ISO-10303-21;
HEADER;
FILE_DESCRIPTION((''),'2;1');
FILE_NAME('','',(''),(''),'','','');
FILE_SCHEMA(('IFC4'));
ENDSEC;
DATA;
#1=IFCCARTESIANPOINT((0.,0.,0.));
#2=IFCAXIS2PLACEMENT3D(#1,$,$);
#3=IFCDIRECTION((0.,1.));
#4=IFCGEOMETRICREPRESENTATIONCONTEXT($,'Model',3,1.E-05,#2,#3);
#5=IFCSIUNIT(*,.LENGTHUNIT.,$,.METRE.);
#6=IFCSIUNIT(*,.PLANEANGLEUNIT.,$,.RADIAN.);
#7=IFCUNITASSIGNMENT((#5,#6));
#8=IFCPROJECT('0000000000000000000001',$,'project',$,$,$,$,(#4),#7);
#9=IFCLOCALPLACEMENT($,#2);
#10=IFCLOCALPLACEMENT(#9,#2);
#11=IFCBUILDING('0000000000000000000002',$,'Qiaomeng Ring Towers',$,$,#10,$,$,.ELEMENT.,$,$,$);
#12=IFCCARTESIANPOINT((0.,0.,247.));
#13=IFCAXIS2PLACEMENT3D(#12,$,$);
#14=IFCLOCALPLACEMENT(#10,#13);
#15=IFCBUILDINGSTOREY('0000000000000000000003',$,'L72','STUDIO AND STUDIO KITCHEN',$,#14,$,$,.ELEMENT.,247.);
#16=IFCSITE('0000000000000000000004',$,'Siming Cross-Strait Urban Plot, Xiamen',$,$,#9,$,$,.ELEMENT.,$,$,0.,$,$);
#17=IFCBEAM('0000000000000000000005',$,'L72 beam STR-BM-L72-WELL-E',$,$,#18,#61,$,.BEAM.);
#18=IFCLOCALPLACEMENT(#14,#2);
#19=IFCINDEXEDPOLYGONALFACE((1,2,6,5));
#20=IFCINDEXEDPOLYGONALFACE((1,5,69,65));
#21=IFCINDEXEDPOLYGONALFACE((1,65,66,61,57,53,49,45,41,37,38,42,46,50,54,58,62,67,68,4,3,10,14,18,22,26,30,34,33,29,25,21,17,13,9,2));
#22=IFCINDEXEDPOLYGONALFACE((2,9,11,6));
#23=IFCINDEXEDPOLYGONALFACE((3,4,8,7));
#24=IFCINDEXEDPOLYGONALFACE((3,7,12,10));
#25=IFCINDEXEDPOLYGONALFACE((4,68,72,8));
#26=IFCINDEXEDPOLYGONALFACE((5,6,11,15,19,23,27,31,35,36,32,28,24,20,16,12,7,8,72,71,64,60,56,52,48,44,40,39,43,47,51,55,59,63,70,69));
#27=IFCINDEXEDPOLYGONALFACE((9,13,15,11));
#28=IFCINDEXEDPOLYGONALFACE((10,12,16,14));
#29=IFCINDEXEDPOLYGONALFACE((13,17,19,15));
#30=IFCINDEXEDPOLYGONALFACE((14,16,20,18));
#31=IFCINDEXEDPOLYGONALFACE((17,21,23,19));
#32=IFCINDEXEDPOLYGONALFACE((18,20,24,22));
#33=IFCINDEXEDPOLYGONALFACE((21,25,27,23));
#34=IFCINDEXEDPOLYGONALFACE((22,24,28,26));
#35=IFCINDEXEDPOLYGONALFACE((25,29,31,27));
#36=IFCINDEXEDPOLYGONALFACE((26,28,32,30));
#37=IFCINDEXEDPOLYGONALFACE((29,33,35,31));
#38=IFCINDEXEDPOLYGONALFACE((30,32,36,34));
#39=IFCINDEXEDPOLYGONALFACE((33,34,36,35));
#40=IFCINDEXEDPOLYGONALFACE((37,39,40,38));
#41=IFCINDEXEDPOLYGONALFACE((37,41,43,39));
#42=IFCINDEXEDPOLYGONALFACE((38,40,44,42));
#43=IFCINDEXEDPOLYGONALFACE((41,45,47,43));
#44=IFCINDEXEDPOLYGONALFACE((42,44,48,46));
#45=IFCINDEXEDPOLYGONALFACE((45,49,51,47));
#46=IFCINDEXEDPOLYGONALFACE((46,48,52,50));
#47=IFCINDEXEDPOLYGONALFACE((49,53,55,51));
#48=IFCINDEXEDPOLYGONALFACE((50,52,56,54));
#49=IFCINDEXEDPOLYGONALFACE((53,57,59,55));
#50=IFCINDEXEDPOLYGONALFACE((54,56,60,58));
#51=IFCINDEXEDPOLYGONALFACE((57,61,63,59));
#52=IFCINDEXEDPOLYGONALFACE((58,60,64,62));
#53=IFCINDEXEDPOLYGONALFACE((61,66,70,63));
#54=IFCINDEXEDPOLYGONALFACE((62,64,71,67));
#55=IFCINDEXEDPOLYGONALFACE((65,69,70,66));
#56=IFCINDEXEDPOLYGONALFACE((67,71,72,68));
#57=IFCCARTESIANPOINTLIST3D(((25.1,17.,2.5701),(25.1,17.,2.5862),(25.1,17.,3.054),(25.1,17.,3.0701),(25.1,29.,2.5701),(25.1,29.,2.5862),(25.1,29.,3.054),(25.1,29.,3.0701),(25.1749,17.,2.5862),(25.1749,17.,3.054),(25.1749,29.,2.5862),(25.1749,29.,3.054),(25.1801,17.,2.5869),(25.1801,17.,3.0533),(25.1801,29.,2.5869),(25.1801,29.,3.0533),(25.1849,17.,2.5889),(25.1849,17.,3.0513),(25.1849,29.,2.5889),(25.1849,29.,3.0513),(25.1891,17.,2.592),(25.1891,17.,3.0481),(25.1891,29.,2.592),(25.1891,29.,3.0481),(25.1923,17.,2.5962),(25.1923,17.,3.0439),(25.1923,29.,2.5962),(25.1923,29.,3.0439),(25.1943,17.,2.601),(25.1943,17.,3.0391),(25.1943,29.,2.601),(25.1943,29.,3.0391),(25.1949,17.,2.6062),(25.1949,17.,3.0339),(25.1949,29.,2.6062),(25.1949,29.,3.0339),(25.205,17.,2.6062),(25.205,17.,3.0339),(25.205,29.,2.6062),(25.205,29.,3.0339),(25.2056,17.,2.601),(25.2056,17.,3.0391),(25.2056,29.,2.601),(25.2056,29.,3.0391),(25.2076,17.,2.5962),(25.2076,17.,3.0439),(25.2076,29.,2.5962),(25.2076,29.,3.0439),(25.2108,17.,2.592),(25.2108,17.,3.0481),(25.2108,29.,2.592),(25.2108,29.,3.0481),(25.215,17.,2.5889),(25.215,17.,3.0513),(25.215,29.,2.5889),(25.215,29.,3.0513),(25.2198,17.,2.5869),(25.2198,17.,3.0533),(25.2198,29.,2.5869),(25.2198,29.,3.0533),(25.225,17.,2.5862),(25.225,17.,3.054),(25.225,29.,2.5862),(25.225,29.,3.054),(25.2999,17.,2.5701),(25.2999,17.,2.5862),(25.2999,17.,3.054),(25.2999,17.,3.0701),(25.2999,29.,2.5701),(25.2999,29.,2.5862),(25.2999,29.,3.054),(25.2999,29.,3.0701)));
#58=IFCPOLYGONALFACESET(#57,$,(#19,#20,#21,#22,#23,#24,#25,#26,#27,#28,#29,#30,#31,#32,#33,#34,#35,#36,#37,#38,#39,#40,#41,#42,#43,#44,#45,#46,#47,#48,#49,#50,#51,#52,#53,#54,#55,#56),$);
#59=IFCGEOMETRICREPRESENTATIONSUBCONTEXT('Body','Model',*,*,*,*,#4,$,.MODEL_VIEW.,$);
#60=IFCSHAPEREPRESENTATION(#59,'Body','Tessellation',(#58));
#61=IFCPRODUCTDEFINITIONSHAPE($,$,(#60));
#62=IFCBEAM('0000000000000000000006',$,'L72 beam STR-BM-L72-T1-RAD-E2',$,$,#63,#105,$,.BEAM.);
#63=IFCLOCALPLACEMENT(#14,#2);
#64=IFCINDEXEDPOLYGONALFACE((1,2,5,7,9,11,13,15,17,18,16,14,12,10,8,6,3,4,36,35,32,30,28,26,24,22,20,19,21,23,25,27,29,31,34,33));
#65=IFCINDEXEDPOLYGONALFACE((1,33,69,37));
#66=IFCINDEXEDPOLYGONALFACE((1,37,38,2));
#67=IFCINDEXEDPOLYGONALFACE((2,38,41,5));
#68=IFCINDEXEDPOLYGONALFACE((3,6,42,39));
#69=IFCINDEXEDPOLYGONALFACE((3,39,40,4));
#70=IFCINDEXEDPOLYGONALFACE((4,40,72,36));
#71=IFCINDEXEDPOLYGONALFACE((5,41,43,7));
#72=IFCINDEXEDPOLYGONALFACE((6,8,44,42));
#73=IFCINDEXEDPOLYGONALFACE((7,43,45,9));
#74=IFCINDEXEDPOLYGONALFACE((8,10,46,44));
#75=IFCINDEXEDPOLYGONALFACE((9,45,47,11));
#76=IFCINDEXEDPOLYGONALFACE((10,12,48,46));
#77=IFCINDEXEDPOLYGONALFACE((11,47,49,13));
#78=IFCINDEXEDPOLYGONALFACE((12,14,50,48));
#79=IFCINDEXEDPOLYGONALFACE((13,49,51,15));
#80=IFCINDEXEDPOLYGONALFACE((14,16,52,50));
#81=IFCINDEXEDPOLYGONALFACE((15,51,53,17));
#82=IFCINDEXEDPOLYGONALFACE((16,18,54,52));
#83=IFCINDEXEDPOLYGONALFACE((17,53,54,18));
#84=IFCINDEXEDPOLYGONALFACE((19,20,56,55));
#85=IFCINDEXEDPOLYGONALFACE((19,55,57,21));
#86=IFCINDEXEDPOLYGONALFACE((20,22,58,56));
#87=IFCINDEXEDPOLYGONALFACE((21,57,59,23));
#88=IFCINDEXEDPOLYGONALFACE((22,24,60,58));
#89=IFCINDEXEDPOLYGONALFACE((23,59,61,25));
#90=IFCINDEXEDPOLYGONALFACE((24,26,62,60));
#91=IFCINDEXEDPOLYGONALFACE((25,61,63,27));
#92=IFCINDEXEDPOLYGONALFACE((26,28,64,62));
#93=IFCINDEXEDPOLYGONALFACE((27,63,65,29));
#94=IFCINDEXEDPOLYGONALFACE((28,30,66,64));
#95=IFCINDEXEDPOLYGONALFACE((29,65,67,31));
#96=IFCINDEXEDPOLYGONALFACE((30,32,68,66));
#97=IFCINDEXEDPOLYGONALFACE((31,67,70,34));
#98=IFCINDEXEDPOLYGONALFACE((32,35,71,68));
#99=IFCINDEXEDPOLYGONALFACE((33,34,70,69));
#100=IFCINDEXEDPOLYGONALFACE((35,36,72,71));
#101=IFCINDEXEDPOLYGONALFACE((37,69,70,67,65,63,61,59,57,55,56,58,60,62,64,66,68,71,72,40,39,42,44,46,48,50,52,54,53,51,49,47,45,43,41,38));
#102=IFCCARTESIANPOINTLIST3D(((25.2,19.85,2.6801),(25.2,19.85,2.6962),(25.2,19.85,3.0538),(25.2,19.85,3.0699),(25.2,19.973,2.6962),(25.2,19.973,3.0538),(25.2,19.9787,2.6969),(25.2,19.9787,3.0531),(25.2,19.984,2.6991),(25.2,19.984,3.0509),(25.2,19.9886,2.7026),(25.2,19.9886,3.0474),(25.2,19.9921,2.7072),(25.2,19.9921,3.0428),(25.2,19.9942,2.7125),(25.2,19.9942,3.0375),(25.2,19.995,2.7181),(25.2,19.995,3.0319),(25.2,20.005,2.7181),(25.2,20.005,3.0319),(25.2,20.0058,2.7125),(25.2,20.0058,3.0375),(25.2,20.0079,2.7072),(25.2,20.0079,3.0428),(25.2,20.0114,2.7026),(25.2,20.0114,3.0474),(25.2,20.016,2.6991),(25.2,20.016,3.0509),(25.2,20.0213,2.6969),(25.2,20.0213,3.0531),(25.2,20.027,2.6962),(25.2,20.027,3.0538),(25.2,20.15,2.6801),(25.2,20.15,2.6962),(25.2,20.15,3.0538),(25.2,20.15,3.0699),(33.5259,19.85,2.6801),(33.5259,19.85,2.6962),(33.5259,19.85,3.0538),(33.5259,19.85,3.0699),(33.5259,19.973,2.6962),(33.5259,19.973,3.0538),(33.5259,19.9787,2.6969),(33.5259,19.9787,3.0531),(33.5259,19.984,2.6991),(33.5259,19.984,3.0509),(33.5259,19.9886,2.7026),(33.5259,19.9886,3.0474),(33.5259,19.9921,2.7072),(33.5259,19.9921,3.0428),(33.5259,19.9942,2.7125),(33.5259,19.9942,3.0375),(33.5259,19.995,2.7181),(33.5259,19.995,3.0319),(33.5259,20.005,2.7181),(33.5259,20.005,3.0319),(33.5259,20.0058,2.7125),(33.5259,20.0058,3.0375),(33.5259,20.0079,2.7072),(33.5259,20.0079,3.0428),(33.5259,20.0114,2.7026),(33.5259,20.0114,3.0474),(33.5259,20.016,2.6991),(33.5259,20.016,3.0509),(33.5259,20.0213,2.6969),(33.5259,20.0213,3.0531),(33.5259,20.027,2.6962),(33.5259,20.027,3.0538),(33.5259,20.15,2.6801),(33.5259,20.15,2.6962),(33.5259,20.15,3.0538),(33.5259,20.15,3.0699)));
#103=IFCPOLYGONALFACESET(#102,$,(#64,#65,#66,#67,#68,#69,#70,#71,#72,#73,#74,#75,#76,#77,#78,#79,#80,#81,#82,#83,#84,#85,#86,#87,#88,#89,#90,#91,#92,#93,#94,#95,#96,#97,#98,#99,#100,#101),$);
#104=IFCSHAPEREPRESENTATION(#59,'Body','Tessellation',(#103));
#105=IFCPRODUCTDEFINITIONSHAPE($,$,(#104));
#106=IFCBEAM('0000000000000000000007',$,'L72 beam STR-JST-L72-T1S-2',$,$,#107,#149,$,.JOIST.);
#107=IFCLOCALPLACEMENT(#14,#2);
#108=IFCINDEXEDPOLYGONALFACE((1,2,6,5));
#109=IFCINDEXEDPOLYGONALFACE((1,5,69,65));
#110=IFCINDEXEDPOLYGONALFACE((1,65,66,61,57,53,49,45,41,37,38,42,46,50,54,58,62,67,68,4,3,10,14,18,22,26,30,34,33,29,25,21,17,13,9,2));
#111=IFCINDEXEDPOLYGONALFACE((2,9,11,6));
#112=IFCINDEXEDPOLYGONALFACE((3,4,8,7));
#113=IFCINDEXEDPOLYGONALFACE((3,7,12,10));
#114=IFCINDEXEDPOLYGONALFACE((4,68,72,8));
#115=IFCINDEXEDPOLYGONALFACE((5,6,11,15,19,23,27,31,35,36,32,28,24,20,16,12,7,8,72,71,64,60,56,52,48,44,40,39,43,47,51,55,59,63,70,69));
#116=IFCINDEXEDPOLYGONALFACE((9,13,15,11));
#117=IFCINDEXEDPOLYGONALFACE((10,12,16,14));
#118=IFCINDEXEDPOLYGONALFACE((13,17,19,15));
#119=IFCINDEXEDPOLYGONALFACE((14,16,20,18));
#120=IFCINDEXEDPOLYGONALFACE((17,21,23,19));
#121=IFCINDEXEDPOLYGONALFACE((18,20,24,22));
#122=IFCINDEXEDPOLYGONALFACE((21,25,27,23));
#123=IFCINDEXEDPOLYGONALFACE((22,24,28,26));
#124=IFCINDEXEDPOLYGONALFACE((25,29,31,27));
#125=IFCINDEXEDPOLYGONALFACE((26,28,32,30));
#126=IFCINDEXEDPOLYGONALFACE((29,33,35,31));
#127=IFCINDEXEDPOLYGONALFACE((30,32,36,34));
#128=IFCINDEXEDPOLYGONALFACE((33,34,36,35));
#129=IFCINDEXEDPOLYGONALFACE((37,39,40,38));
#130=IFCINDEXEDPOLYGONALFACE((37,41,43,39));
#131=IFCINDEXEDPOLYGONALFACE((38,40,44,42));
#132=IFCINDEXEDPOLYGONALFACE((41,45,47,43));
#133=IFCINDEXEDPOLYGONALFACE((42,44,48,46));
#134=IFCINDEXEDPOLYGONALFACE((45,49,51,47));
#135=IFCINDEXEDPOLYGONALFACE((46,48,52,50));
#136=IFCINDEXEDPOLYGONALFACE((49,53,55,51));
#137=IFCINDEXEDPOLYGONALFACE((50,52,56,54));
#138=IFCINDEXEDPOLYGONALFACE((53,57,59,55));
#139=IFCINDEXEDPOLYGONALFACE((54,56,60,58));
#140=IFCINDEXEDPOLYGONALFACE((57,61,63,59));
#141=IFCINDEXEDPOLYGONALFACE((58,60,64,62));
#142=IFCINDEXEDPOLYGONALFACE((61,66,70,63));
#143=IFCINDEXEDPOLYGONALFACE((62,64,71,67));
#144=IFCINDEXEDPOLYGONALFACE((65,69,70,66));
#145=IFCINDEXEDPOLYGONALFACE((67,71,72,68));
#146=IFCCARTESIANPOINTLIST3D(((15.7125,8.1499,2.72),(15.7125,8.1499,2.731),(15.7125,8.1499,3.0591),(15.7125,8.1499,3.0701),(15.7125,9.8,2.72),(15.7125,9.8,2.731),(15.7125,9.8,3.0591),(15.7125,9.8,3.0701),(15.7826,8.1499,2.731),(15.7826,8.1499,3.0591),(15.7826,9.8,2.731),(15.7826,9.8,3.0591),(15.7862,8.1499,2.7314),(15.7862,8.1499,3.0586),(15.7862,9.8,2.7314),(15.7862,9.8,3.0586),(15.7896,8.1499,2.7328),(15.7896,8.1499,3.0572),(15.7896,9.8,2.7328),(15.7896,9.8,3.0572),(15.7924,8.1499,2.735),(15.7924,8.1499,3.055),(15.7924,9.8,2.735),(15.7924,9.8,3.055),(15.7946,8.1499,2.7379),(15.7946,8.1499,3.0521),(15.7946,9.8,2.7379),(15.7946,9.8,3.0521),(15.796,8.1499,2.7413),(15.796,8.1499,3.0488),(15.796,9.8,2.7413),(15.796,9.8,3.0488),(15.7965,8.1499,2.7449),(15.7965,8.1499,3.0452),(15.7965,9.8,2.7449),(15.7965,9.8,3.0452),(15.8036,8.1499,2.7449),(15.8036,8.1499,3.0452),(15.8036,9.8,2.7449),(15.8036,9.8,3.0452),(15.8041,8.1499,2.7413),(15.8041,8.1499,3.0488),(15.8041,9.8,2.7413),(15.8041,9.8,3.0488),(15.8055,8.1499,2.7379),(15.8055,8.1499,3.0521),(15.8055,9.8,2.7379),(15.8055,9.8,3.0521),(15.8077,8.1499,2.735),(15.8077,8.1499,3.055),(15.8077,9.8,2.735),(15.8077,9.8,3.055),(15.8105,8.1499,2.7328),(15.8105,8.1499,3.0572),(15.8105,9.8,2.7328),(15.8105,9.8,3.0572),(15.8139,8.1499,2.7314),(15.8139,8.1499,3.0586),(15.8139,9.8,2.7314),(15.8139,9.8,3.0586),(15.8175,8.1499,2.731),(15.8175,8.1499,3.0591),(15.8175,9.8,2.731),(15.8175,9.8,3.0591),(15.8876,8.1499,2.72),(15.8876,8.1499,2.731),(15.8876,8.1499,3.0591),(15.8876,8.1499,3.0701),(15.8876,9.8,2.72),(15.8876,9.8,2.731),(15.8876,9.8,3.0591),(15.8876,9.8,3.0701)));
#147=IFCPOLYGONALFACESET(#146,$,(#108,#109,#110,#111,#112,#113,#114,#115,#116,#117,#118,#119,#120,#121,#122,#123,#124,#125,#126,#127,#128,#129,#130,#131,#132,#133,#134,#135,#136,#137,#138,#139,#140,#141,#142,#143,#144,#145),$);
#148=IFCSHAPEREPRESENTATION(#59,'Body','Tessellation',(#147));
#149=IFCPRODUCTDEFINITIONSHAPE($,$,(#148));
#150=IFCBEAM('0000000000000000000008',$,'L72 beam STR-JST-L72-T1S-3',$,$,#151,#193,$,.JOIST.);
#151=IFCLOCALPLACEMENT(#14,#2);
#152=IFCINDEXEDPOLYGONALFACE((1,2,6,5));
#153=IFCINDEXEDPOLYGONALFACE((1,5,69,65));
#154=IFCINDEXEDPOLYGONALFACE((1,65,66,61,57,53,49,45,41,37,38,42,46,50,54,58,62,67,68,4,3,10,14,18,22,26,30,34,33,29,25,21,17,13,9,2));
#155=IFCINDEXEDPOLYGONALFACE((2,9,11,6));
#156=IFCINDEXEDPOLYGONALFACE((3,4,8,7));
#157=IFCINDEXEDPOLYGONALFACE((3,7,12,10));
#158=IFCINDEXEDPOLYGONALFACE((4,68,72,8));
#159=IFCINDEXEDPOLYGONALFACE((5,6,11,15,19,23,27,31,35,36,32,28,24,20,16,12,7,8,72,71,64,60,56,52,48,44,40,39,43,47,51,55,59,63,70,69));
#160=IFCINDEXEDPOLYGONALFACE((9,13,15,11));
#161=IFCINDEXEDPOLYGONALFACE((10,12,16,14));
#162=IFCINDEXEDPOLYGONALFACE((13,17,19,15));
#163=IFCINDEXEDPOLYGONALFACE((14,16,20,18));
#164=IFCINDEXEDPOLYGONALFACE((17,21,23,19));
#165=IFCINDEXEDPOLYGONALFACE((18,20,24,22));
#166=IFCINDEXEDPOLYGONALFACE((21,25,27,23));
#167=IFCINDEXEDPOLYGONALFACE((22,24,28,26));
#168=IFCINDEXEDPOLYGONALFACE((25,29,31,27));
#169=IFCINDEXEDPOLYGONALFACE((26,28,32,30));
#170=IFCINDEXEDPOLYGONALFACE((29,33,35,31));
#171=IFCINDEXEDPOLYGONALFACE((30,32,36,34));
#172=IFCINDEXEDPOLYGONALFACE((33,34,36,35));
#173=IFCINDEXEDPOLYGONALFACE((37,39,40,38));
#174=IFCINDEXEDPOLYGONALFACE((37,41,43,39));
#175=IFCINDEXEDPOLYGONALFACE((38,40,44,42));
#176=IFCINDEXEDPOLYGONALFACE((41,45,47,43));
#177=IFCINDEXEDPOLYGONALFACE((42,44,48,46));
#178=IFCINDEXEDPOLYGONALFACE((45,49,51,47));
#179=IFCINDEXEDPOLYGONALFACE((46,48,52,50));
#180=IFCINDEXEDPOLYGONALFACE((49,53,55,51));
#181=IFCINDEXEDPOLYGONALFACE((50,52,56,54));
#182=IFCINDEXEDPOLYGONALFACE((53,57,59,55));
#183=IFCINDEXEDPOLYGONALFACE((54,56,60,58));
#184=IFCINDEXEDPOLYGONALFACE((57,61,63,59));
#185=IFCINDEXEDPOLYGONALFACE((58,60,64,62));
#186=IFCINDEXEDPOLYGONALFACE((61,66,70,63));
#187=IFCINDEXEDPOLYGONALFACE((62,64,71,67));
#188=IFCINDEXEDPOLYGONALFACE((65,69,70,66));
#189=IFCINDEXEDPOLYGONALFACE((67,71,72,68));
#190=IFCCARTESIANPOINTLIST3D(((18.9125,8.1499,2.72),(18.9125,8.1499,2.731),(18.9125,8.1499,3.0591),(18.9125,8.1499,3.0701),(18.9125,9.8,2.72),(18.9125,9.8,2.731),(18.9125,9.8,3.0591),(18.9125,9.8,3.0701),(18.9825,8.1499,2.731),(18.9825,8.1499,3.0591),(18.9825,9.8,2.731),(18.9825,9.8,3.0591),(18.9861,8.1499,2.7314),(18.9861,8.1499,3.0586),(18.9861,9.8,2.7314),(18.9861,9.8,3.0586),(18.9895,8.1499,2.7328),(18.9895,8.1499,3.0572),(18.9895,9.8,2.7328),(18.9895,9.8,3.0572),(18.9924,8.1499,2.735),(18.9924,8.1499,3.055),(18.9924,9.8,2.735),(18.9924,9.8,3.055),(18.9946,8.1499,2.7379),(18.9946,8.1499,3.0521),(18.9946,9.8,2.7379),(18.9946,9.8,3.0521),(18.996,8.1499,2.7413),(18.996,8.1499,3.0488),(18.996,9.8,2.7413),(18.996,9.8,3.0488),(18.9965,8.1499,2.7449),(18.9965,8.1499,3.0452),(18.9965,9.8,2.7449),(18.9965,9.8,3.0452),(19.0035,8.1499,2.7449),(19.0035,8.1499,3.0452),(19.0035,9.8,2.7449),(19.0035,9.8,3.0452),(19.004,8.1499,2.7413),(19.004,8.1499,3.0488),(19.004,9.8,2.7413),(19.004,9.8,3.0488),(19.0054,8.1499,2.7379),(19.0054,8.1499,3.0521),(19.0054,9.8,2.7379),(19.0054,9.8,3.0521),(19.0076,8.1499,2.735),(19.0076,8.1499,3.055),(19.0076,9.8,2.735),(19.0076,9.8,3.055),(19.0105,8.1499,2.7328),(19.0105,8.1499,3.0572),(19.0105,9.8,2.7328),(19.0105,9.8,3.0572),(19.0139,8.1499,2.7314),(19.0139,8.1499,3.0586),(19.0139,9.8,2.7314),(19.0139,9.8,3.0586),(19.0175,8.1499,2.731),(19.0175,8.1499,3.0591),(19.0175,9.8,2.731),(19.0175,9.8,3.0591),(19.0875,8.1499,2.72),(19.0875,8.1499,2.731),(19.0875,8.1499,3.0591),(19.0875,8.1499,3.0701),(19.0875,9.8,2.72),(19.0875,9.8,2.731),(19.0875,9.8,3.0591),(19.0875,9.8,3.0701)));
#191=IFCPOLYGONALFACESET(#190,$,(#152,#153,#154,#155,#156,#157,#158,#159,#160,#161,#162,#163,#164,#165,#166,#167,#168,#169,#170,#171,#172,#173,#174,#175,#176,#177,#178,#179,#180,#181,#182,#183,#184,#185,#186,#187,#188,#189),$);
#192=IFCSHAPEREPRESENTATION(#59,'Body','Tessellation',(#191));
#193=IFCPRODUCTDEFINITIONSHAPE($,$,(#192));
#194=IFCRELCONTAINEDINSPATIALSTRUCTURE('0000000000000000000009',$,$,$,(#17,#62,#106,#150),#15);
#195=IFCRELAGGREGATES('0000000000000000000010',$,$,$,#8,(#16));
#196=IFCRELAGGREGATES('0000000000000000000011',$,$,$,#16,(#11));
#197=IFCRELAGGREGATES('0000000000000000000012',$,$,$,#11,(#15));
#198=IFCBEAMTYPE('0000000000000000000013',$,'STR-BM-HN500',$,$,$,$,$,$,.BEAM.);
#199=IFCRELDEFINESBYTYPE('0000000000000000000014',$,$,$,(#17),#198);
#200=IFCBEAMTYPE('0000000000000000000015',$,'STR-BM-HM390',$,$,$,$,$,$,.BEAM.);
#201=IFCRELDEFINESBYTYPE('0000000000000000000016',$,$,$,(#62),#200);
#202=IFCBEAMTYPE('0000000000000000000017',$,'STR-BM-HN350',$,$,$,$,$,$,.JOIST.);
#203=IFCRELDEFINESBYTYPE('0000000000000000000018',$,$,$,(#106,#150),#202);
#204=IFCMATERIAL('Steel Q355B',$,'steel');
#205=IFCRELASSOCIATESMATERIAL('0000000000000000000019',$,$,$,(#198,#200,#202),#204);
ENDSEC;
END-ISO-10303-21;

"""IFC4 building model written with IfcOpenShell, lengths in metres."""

from ifc_helpers import new_model, si_unit, direction, frame, origin, origin_2d, place, context, subcontext, project, spatial, i_section, extrude, source, transform, mapped, material, material_profile, profile_set, type_object, element, save


model = new_model("IFC4")

# Units and contexts
model_context = context("Model", 3, precision=1e-05, world=origin(), true_north=direction((0.0, 1.0)))
body_context = subcontext(model_context, "Body", "Model", "MODEL_VIEW")
ifc_project = project(units=[si_unit("LENGTHUNIT", "METRE"), si_unit("PLANEANGLEUNIT", "RADIAN")], contexts=[model_context])

# Site, building, storey
site_placement = place(None, origin())
site = spatial("IfcSite", under=ifc_project, at=site_placement, Name="Siming Cross-Strait Urban Plot, Xiamen", CompositionType="ELEMENT", RefElevation=0.0)
building_placement = place(site_placement, origin())
building = spatial("IfcBuilding", under=site, at=building_placement, Name="Qiaomeng Ring Towers", CompositionType="ELEMENT")
storey_placement = place(building_placement, frame((0.0, 0.0, 247.0)))
storey = spatial("IfcBuildingStorey", under=building, at=storey_placement, Name="L72", Description="STUDIO AND STUDIO KITCHEN", CompositionType="ELEMENT", Elevation=247.0)

# Beams
ifc_material_1 = material(Name="Steel Q355B", Category="steel")
ifc_material_profile_1 = material_profile(ifc_material_1, i_section(OverallWidth=0.2, OverallDepth=0.5, WebThickness=0.01, FlangeThickness=0.0161, FilletRadius=0.02, at=origin_2d()), Name="HN 500x200x10x16")
ifc_profile_set_1 = profile_set([ifc_material_profile_1], Name="Steel Q355B")
beam_type_1 = type_object("IfcBeamType", Name="STR-BM-HN500", PredefinedType="BEAM", material=ifc_profile_set_1)
shared_shape_1 = source(origin(), body_context, "Body", "SweptSolid", [
    extrude(i_section(OverallWidth=0.2, OverallDepth=0.5, WebThickness=0.01, FlangeThickness=0.0161, FilletRadius=0.02, at=origin_2d()), origin(), (0.0, 0.0, 1.0), 12.0),
])
beam_1_placement = place(storey_placement, frame((25.2, 17.0, 2.8201), z_axis=(0.0, 1.0, 0.0), x_axis=(-1.0, 0.0, 0.0)))
element("IfcBeam", 1, at=beam_1_placement, inside=storey, type_object=beam_type_1, Name="L72 beam STR-BM-L72-WELL-E", PredefinedType="BEAM", context=body_context, shape_type="MappedRepresentation", body=[
    mapped(shared_shape_1, transform((0.0, 0.0, 0.0), x_axis=(1.0, 0.0, 0.0), y_axis=(0.0, 1.0, 0.0), z_axis=(0.0, 0.0, 1.0), scale=1.0)),
])
ifc_material_profile_2 = material_profile(ifc_material_1, i_section(OverallWidth=0.3, OverallDepth=0.3899, WebThickness=0.01, FlangeThickness=0.0161, FilletRadius=0.022, at=origin_2d()), Name="HM 390x300x10x16")
ifc_profile_set_2 = profile_set([ifc_material_profile_2], Name="Steel Q355B")
beam_type_2 = type_object("IfcBeamType", Name="STR-BM-HM390", PredefinedType="BEAM", material=ifc_profile_set_2)
shared_shape_2 = source(origin(), body_context, "Body", "SweptSolid", [
    extrude(i_section(OverallWidth=0.3, OverallDepth=0.3899, WebThickness=0.01, FlangeThickness=0.0161, FilletRadius=0.022, at=origin_2d()), origin(), (0.0, 0.0, 1.0), 8.3259),
])
beam_2_placement = place(storey_placement, frame((25.2, 20.0, 2.875), z_axis=(1.0, 0.0, 0.0), x_axis=(0.0, 1.0, 0.0)))
element("IfcBeam", 2, at=beam_2_placement, inside=storey, type_object=beam_type_2, Name="L72 beam STR-BM-L72-T1-RAD-E2", PredefinedType="BEAM", context=body_context, shape_type="MappedRepresentation", body=[
    mapped(shared_shape_2, transform((0.0, 0.0, 0.0), x_axis=(1.0, 0.0, 0.0), y_axis=(0.0, 1.0, 0.0), z_axis=(0.0, 0.0, 1.0), scale=1.0)),
])
ifc_material_profile_3 = material_profile(ifc_material_1, i_section(OverallWidth=0.175, OverallDepth=0.3501, WebThickness=0.0071, FlangeThickness=0.011, FilletRadius=0.0139, at=origin_2d()), Name="HN 350x175x7x11")
ifc_profile_set_3 = profile_set([ifc_material_profile_3], Name="Steel Q355B")
beam_type_3 = type_object("IfcBeamType", Name="STR-BM-HN350", PredefinedType="JOIST", material=ifc_profile_set_3)
shared_shape_3 = source(origin(), body_context, "Body", "SweptSolid", [
    extrude(i_section(OverallWidth=0.175, OverallDepth=0.3501, WebThickness=0.0071, FlangeThickness=0.011, FilletRadius=0.0139, at=origin_2d()), origin(), (0.0, 0.0, 1.0), 1.6501),
])
for number, where, z_axis, x_axis, name in (
    (3, (15.8, 8.1499, 2.895), (0.0, 1.0, 0.0), (-1.0, 0.0, 0.0), "L72 beam STR-JST-L72-T1S-2"),
    (4, (19.0, 8.1499, 2.895), (0.0, 1.0, 0.0), (-1.0, 0.0, 0.0), "L72 beam STR-JST-L72-T1S-3"),
):
    element("IfcBeam", number, at=place(storey_placement, frame(where, z_axis=z_axis, x_axis=x_axis)), inside=storey, type_object=beam_type_3, Name=name, PredefinedType="JOIST", context=body_context, shape_type="MappedRepresentation", body=[
        mapped(shared_shape_3, transform((0.0, 0.0, 0.0), x_axis=(1.0, 0.0, 0.0), y_axis=(0.0, 1.0, 0.0), z_axis=(0.0, 0.0, 1.0), scale=1.0)),
    ])

save(model, "model.ifc")
